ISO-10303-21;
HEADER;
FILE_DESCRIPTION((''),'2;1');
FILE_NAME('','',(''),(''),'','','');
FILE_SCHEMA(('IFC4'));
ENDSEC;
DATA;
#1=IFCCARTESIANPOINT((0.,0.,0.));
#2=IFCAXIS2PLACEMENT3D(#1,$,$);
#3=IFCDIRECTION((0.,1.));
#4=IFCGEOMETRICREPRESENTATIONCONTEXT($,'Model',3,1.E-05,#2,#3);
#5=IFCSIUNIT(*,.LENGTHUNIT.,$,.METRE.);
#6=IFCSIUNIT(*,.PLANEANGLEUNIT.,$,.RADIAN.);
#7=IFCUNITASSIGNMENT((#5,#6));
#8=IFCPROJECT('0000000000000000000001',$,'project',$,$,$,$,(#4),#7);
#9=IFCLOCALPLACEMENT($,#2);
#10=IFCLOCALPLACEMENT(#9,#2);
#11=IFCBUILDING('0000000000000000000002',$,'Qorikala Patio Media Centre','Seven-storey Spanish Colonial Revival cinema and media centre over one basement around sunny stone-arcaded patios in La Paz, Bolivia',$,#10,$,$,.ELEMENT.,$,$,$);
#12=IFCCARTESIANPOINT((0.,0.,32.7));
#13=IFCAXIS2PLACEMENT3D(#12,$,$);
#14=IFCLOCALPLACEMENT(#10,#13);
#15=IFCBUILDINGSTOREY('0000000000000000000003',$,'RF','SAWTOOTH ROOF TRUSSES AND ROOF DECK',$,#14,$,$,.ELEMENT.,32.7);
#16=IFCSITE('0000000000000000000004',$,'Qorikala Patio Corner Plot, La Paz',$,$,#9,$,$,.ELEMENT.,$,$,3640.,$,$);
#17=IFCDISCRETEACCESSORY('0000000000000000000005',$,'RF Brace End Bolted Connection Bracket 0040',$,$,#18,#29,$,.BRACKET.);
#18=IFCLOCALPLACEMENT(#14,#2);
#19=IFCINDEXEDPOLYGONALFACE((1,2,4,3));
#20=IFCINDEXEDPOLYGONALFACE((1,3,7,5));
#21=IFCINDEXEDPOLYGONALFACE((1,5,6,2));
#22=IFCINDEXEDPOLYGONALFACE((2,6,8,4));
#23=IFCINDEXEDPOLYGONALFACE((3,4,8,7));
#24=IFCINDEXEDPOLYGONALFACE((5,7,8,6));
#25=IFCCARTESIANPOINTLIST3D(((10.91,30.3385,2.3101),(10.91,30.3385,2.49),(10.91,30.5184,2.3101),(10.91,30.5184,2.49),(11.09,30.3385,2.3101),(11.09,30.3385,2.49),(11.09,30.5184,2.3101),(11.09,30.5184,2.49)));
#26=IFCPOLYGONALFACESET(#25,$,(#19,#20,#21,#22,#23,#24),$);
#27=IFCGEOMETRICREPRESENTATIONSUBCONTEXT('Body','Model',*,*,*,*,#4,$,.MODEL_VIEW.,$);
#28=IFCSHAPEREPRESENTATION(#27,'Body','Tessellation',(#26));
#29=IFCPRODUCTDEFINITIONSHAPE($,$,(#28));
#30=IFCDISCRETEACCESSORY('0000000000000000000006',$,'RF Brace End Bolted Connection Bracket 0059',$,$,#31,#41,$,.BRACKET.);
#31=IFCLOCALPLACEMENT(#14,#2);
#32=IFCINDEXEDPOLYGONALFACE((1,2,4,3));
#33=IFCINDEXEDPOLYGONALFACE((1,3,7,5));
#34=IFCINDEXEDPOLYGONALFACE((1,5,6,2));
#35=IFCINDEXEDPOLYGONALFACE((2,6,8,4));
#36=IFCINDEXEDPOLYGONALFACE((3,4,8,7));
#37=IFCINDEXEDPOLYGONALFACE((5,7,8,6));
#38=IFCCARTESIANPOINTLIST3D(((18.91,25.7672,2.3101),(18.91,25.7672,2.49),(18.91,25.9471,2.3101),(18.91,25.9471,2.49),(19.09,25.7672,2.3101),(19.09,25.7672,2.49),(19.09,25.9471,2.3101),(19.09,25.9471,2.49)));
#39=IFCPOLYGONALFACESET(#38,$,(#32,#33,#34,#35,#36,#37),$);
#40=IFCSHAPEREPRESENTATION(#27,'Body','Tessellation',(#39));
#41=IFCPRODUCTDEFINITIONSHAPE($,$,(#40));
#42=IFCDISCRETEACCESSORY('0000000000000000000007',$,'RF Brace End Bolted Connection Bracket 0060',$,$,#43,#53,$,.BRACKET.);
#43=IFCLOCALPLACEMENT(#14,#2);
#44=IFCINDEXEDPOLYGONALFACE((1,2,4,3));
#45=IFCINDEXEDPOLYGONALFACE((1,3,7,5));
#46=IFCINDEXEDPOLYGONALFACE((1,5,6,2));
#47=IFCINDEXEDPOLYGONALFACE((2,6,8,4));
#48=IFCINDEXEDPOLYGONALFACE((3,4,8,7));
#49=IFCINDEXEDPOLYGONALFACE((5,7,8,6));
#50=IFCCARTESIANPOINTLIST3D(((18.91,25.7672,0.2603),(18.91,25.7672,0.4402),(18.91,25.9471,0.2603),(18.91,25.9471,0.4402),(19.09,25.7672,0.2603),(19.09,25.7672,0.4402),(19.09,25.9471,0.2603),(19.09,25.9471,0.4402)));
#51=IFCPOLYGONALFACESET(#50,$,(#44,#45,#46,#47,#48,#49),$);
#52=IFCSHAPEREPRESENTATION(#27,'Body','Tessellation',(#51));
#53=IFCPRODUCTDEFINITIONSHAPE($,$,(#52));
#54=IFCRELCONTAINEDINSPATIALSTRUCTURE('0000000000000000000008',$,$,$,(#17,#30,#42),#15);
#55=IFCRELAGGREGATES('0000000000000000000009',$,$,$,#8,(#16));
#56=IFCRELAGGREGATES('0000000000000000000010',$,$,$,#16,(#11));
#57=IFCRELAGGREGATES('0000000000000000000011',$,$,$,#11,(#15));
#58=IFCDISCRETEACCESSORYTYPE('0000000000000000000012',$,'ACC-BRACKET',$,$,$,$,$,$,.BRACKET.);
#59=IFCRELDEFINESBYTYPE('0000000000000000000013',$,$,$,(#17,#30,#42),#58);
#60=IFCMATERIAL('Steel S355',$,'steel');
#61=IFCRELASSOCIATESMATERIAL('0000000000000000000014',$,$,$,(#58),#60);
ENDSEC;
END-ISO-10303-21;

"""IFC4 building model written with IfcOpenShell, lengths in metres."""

from ifc_helpers import new_model, si_unit, direction, frame, origin, origin_2d, place, context, subcontext, project, spatial, rectangle, extrude, material, type_object, element, save


model = new_model("IFC4")

# Units and contexts
model_context = context("Model", 3, precision=1e-05, world=origin(), true_north=direction((0.0, 1.0)))
body_context = subcontext(model_context, "Body", "Model", "MODEL_VIEW")
ifc_project = project(units=[si_unit("LENGTHUNIT", "METRE"), si_unit("PLANEANGLEUNIT", "RADIAN")], contexts=[model_context])

# Site, building, storey
site_placement = place(None, origin())
site = spatial("IfcSite", under=ifc_project, at=site_placement, Name="Qorikala Patio Corner Plot, La Paz", CompositionType="ELEMENT", RefElevation=3640.0)
building_placement = place(site_placement, origin())
building = spatial("IfcBuilding", under=site, at=building_placement, Name="Qorikala Patio Media Centre", Description="Seven-storey Spanish Colonial Revival cinema and media centre over one basement around sunny stone-arcaded patios in La Paz, Bolivia", CompositionType="ELEMENT")
storey_placement = place(building_placement, frame((0.0, 0.0, 32.7)))
storey = spatial("IfcBuildingStorey", under=building, at=storey_placement, Name="RF", Description="SAWTOOTH ROOF TRUSSES AND ROOF DECK", CompositionType="ELEMENT", Elevation=32.7)

# Shared definitions
ifc_material_1 = material(Name="Steel S355", Category="steel")

# Discrete accessories
discrete_accessory_type = type_object("IfcDiscreteAccessoryType", Name="ACC-BRACKET", PredefinedType="BRACKET", material=ifc_material_1)
for number, where, z_axis, x_axis, name in (
    (1, (11.0, 30.4285, 2.3101), (0.0, 0.0, 1.0), (1.0, 0.0, 0.0), "RF Brace End Bolted Connection Bracket 0040"),
    (2, (19.0, 25.8572, 2.3101), (0.0, 0.0, 1.0), (1.0, 0.0, 0.0), "RF Brace End Bolted Connection Bracket 0059"),
    (3, (19.0, 25.8572, 0.2603), (0.0, 0.0, 1.0), (1.0, 0.0, 0.0), "RF Brace End Bolted Connection Bracket 0060"),
):
    element("IfcDiscreteAccessory", number, at=place(storey_placement, frame(where, z_axis=z_axis, x_axis=x_axis)), inside=storey, type_object=discrete_accessory_type, Name=name, PredefinedType="BRACKET", context=body_context, shape_type="SweptSolid", body=[
        extrude(rectangle(XDim=0.1799, YDim=0.1799, at=origin_2d()), origin(), (0.0, 0.0, 1.0), 0.1799),
    ])

save(model, "model.ifc")
